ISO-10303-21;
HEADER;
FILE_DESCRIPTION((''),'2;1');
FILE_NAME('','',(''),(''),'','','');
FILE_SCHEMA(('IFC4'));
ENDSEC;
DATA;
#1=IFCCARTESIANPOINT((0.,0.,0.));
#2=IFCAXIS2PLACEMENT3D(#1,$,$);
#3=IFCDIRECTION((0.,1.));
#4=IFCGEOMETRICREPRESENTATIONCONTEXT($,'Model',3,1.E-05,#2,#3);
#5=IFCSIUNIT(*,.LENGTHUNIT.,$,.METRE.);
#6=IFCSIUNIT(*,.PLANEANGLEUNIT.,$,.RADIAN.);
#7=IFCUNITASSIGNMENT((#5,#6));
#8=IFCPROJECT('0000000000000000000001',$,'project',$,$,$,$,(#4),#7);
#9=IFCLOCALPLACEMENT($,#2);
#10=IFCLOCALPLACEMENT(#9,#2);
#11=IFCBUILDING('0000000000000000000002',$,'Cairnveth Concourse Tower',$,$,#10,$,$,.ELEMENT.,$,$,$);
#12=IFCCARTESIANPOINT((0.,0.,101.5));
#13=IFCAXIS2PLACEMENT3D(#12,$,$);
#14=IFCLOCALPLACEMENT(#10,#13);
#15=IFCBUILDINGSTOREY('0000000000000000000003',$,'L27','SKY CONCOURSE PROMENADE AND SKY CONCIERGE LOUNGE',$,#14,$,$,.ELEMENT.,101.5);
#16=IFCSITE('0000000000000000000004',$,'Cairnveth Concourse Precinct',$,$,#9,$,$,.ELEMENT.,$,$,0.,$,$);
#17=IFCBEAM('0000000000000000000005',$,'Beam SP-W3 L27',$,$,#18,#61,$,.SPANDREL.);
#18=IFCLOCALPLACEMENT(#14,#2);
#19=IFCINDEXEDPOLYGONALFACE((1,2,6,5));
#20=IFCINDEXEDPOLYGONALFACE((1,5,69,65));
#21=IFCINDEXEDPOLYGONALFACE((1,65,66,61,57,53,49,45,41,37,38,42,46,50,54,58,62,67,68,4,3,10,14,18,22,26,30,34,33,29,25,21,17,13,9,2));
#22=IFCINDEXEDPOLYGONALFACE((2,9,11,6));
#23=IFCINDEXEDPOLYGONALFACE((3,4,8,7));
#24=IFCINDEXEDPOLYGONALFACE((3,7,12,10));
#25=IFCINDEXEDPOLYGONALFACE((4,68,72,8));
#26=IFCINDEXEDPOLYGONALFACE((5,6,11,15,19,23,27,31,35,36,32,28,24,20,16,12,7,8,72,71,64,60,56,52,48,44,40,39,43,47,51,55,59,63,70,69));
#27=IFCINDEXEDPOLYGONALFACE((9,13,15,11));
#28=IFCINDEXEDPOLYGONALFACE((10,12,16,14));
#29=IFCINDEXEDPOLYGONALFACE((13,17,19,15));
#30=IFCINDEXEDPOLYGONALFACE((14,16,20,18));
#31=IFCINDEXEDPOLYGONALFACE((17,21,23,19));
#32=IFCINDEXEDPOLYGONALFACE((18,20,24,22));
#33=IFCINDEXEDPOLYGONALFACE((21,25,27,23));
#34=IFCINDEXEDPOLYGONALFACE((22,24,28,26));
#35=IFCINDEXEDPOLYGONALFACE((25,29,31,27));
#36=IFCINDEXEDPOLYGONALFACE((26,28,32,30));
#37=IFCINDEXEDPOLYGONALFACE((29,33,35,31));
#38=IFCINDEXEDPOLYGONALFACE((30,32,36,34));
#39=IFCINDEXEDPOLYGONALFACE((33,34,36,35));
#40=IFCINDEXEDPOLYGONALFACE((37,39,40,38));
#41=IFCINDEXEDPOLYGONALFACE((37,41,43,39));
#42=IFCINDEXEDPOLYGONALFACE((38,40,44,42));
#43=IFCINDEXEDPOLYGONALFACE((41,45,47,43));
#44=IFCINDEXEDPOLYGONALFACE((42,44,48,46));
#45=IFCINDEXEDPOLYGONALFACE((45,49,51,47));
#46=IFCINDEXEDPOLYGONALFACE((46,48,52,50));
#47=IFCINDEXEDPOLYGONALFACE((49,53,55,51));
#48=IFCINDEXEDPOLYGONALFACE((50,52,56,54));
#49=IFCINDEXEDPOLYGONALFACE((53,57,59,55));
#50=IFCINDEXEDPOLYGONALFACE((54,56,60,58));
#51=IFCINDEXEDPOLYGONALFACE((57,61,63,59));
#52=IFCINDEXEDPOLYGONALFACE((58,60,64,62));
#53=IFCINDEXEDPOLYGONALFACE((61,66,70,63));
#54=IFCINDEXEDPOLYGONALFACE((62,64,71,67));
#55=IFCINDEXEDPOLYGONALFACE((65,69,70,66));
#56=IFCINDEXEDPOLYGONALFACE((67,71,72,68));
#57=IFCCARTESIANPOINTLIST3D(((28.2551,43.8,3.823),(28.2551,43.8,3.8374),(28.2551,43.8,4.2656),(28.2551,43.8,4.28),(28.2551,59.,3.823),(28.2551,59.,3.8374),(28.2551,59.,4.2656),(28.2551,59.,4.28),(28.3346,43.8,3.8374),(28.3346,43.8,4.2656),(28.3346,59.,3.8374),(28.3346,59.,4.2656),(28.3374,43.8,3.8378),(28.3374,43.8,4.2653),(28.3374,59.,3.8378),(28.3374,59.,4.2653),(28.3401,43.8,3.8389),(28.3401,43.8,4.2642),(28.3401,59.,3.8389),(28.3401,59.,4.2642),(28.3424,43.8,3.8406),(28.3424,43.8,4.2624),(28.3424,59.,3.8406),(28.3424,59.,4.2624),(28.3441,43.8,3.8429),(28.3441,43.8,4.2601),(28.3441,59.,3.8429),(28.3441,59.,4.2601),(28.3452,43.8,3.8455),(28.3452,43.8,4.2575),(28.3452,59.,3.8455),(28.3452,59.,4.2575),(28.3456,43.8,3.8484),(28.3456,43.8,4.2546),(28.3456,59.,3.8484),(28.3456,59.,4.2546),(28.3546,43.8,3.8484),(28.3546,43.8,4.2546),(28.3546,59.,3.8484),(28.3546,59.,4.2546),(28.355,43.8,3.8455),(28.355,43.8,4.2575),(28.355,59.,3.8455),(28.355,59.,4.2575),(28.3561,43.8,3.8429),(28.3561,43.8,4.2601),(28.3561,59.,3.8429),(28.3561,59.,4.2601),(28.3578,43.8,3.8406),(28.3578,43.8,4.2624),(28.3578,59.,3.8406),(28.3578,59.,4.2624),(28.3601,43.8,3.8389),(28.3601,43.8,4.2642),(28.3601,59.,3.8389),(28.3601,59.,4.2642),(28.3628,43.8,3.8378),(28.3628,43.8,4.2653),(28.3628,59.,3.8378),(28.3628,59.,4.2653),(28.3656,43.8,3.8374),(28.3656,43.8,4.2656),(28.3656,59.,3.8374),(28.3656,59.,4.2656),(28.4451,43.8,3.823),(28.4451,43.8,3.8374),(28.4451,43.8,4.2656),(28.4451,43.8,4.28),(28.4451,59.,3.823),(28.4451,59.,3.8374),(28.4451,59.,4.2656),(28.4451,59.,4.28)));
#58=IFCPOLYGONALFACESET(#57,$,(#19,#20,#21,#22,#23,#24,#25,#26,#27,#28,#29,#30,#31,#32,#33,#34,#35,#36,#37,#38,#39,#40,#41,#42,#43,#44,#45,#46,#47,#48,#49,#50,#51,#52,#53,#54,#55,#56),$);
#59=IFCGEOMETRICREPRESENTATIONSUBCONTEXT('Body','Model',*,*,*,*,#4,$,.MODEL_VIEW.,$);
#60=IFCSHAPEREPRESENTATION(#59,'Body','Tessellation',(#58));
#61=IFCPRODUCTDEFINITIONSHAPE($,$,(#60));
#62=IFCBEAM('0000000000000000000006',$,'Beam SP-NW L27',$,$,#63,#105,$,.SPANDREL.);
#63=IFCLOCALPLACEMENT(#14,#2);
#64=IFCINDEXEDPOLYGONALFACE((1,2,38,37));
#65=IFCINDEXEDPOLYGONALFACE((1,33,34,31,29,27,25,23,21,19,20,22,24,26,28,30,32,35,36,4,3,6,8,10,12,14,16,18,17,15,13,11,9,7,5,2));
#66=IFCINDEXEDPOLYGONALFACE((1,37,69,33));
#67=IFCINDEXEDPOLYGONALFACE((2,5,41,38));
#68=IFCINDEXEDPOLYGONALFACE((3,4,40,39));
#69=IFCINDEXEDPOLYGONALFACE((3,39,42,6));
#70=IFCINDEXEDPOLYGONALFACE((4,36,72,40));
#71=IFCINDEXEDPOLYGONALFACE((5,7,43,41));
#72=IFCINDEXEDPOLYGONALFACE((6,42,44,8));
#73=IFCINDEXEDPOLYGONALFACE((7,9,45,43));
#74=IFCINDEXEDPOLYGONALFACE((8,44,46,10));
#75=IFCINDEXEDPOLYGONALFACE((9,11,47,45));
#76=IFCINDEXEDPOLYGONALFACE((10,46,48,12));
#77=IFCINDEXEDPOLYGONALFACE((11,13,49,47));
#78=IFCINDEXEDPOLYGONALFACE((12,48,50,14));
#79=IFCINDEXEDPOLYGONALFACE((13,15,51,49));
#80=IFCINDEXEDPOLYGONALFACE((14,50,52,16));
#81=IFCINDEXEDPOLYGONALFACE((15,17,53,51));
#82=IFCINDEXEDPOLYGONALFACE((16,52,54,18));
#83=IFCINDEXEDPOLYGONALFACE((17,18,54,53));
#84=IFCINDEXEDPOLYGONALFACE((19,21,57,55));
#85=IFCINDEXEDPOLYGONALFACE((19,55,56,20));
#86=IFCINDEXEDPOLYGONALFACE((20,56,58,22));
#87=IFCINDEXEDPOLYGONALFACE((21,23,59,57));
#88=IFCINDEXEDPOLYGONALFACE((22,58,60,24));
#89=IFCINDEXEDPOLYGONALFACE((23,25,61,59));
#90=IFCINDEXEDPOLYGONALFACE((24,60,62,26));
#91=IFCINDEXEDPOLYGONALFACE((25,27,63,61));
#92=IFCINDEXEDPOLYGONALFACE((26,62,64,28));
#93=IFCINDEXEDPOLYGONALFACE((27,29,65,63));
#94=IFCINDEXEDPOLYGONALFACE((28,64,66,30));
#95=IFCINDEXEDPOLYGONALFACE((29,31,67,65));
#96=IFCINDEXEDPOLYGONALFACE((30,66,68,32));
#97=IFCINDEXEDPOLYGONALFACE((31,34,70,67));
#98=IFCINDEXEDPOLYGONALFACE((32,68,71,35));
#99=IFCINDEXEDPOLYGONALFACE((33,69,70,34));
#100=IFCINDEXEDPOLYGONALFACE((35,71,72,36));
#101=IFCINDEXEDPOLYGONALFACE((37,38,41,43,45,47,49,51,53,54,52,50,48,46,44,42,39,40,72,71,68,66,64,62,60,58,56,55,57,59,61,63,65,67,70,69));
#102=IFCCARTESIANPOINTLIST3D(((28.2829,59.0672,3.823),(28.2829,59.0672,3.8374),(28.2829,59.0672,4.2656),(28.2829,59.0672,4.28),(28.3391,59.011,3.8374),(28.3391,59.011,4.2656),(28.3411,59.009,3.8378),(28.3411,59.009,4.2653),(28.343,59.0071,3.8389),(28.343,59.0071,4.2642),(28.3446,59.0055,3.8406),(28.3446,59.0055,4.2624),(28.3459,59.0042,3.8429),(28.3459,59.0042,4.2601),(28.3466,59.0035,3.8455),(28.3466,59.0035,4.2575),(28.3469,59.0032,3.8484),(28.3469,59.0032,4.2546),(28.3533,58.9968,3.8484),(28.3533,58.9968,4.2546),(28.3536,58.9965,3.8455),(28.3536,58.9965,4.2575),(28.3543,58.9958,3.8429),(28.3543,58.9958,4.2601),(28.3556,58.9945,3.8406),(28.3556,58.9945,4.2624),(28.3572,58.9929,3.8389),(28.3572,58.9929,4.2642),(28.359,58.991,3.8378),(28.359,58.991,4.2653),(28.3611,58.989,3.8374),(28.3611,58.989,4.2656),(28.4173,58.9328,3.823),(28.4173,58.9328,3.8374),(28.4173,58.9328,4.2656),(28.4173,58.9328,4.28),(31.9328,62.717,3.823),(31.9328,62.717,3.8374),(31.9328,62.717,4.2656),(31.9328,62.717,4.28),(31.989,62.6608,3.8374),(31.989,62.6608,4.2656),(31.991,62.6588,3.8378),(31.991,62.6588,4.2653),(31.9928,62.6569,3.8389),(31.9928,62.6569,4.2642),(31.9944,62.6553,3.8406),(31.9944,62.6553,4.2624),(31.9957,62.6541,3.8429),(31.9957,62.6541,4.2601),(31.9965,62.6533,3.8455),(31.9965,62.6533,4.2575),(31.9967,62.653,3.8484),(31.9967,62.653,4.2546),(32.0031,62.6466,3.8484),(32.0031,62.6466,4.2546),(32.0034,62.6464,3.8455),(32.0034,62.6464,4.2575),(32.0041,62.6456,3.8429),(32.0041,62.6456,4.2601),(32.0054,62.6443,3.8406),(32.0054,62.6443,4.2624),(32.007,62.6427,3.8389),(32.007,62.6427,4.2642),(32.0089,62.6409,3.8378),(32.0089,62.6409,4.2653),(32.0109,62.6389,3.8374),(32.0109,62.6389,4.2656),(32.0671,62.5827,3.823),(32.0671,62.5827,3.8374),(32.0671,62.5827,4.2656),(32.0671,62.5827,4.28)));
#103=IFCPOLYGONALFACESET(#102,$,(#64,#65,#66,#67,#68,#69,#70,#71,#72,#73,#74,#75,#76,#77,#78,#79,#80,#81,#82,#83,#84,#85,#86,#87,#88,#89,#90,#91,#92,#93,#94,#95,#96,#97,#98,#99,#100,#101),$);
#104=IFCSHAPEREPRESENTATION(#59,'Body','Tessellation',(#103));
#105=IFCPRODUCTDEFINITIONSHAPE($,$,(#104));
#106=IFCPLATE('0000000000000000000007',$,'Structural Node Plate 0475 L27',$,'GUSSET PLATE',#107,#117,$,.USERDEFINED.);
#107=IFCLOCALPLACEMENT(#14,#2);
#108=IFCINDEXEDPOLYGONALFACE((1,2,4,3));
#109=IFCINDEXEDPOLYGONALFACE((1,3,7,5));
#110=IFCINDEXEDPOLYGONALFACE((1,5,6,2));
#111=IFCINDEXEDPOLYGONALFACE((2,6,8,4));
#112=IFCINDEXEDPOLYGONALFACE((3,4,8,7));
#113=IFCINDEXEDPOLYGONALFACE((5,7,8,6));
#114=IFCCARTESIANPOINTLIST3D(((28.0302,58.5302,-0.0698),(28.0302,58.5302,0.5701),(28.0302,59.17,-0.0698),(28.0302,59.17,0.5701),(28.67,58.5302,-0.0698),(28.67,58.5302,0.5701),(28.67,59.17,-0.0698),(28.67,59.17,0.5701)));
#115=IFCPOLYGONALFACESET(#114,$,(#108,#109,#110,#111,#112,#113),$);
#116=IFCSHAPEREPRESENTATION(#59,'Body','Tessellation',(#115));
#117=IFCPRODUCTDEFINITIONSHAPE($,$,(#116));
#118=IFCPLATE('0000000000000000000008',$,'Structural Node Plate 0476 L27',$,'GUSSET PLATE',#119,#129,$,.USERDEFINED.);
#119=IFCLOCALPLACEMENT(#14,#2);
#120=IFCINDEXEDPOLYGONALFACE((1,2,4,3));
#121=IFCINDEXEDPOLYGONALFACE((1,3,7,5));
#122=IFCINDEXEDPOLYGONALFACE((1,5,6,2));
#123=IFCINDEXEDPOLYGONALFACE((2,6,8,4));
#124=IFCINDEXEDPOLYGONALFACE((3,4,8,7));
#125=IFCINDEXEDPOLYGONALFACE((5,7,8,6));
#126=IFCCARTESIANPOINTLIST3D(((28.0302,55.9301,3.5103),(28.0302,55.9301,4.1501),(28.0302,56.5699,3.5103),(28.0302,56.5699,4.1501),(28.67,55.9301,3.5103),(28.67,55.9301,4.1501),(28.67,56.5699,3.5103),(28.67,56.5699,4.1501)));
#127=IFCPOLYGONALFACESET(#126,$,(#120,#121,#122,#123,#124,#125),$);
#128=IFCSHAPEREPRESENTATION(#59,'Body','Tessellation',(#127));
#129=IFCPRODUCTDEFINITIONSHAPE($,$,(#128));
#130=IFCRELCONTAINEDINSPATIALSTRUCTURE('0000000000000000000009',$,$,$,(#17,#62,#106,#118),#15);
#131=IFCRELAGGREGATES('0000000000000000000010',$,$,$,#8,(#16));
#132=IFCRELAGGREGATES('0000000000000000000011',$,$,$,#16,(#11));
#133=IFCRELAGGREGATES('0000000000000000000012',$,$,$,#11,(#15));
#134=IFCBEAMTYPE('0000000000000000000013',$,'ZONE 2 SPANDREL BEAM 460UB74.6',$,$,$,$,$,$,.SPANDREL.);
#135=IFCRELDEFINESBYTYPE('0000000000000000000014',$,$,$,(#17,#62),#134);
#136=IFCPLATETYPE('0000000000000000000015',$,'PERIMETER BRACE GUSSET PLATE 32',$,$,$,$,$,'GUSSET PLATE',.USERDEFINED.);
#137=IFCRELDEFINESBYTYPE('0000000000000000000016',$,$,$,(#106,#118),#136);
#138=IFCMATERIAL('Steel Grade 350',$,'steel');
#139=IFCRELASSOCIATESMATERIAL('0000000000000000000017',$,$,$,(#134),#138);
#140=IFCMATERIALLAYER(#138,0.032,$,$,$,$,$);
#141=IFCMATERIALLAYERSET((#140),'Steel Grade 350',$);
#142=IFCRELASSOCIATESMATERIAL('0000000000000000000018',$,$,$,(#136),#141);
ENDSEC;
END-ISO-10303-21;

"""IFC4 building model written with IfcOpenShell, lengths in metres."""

from ifc_helpers import new_model, si_unit, direction, frame, origin, origin_2d, place, context, subcontext, project, spatial, rectangle, i_section, extrude, material, layer, layer_set, material_profile, profile_set, type_object, element, save


model = new_model("IFC4")

# Units and contexts
model_context = context("Model", 3, precision=1e-05, world=origin(), true_north=direction((0.0, 1.0)))
body_context = subcontext(model_context, "Body", "Model", "MODEL_VIEW")
ifc_project = project(units=[si_unit("LENGTHUNIT", "METRE"), si_unit("PLANEANGLEUNIT", "RADIAN")], contexts=[model_context])

# Site, building, storey
site_placement = place(None, origin())
site = spatial("IfcSite", under=ifc_project, at=site_placement, Name="Cairnveth Concourse Precinct", CompositionType="ELEMENT", RefElevation=0.0)
building_placement = place(site_placement, origin())
building = spatial("IfcBuilding", under=site, at=building_placement, Name="Cairnveth Concourse Tower", CompositionType="ELEMENT")
storey_placement = place(building_placement, frame((0.0, 0.0, 101.5)))
storey = spatial("IfcBuildingStorey", under=building, at=storey_placement, Name="L27", Description="SKY CONCOURSE PROMENADE AND SKY CONCIERGE LOUNGE", CompositionType="ELEMENT", Elevation=101.5)

# Shared definitions
ifc_material_1 = material(Name="Steel Grade 350", Category="steel")

# Beams
ifc_material_profile_1 = material_profile(ifc_material_1, i_section(OverallWidth=0.1899, OverallDepth=0.457, WebThickness=0.009, FlangeThickness=0.0144, FilletRadius=0.011, at=origin_2d()), Name="460UB74.6")
ifc_profile_set_1 = profile_set([ifc_material_profile_1], Name="Steel Grade 350")
beam_type_1 = type_object("IfcBeamType", Name="ZONE 2 SPANDREL BEAM 460UB74.6", PredefinedType="SPANDREL", material=ifc_profile_set_1)
for number, where, z_axis, x_axis, name in (
    (1, (28.3501, 43.8, 4.0515), (0.0, 1.0, 0.0), (-1.0, 0.0, 0.0), "Beam SP-W3 L27"),
):
    element("IfcBeam", number, at=place(storey_placement, frame(where, z_axis=z_axis, x_axis=x_axis)), inside=storey, type_object=beam_type_1, Name=name, PredefinedType="SPANDREL", context=body_context, shape_type="SweptSolid", body=[
        extrude(i_section(OverallWidth=0.1899, OverallDepth=0.457, WebThickness=0.009, FlangeThickness=0.0144, FilletRadius=0.011, at=origin_2d()), origin(), (0.0, 0.0, 1.0), 15.2),
    ])
beam_1_placement = place(storey_placement, frame((28.3501, 59.0, 4.0515), z_axis=(0.707107, 0.707107, 0.0), x_axis=(-0.707107, 0.707107, 0.0)))
element("IfcBeam", 2, at=beam_1_placement, inside=storey, type_object=beam_type_1, Name="Beam SP-NW L27", PredefinedType="SPANDREL", context=body_context, shape_type="SweptSolid", body=[
    extrude(i_section(OverallWidth=0.1899, OverallDepth=0.457, WebThickness=0.009, FlangeThickness=0.0144, FilletRadius=0.011, at=origin_2d()), origin(), (0.0, 0.0, 1.0), 5.1616),
])

# Plates
ifc_layer_1 = layer(ifc_material_1, 0.032)
ifc_layer_set_1 = layer_set([ifc_layer_1], Name="Steel Grade 350")
plate_type = type_object("IfcPlateType", Name="PERIMETER BRACE GUSSET PLATE 32", ElementType="GUSSET PLATE", PredefinedType="USERDEFINED", material=ifc_layer_set_1)
for number, where, z_axis, x_axis, name in (
    (3, (28.3501, 58.8501, -0.0698), (0.0, 0.0, 1.0), (1.0, 0.0, 0.0), "Structural Node Plate 0475 L27"),
    (4, (28.3501, 56.25, 3.5103), (0.0, 0.0, 1.0), (1.0, 0.0, 0.0), "Structural Node Plate 0476 L27"),
):
    element("IfcPlate", number, at=place(storey_placement, frame(where, z_axis=z_axis, x_axis=x_axis)), inside=storey, type_object=plate_type, Name=name, ObjectType="GUSSET PLATE", PredefinedType="USERDEFINED", context=body_context, shape_type="SweptSolid", body=[
        extrude(rectangle(XDim=0.6399, YDim=0.6399, at=origin_2d()), origin(), (0.0, 0.0, 1.0), 0.6399),
    ])

save(model, "model.ifc")
